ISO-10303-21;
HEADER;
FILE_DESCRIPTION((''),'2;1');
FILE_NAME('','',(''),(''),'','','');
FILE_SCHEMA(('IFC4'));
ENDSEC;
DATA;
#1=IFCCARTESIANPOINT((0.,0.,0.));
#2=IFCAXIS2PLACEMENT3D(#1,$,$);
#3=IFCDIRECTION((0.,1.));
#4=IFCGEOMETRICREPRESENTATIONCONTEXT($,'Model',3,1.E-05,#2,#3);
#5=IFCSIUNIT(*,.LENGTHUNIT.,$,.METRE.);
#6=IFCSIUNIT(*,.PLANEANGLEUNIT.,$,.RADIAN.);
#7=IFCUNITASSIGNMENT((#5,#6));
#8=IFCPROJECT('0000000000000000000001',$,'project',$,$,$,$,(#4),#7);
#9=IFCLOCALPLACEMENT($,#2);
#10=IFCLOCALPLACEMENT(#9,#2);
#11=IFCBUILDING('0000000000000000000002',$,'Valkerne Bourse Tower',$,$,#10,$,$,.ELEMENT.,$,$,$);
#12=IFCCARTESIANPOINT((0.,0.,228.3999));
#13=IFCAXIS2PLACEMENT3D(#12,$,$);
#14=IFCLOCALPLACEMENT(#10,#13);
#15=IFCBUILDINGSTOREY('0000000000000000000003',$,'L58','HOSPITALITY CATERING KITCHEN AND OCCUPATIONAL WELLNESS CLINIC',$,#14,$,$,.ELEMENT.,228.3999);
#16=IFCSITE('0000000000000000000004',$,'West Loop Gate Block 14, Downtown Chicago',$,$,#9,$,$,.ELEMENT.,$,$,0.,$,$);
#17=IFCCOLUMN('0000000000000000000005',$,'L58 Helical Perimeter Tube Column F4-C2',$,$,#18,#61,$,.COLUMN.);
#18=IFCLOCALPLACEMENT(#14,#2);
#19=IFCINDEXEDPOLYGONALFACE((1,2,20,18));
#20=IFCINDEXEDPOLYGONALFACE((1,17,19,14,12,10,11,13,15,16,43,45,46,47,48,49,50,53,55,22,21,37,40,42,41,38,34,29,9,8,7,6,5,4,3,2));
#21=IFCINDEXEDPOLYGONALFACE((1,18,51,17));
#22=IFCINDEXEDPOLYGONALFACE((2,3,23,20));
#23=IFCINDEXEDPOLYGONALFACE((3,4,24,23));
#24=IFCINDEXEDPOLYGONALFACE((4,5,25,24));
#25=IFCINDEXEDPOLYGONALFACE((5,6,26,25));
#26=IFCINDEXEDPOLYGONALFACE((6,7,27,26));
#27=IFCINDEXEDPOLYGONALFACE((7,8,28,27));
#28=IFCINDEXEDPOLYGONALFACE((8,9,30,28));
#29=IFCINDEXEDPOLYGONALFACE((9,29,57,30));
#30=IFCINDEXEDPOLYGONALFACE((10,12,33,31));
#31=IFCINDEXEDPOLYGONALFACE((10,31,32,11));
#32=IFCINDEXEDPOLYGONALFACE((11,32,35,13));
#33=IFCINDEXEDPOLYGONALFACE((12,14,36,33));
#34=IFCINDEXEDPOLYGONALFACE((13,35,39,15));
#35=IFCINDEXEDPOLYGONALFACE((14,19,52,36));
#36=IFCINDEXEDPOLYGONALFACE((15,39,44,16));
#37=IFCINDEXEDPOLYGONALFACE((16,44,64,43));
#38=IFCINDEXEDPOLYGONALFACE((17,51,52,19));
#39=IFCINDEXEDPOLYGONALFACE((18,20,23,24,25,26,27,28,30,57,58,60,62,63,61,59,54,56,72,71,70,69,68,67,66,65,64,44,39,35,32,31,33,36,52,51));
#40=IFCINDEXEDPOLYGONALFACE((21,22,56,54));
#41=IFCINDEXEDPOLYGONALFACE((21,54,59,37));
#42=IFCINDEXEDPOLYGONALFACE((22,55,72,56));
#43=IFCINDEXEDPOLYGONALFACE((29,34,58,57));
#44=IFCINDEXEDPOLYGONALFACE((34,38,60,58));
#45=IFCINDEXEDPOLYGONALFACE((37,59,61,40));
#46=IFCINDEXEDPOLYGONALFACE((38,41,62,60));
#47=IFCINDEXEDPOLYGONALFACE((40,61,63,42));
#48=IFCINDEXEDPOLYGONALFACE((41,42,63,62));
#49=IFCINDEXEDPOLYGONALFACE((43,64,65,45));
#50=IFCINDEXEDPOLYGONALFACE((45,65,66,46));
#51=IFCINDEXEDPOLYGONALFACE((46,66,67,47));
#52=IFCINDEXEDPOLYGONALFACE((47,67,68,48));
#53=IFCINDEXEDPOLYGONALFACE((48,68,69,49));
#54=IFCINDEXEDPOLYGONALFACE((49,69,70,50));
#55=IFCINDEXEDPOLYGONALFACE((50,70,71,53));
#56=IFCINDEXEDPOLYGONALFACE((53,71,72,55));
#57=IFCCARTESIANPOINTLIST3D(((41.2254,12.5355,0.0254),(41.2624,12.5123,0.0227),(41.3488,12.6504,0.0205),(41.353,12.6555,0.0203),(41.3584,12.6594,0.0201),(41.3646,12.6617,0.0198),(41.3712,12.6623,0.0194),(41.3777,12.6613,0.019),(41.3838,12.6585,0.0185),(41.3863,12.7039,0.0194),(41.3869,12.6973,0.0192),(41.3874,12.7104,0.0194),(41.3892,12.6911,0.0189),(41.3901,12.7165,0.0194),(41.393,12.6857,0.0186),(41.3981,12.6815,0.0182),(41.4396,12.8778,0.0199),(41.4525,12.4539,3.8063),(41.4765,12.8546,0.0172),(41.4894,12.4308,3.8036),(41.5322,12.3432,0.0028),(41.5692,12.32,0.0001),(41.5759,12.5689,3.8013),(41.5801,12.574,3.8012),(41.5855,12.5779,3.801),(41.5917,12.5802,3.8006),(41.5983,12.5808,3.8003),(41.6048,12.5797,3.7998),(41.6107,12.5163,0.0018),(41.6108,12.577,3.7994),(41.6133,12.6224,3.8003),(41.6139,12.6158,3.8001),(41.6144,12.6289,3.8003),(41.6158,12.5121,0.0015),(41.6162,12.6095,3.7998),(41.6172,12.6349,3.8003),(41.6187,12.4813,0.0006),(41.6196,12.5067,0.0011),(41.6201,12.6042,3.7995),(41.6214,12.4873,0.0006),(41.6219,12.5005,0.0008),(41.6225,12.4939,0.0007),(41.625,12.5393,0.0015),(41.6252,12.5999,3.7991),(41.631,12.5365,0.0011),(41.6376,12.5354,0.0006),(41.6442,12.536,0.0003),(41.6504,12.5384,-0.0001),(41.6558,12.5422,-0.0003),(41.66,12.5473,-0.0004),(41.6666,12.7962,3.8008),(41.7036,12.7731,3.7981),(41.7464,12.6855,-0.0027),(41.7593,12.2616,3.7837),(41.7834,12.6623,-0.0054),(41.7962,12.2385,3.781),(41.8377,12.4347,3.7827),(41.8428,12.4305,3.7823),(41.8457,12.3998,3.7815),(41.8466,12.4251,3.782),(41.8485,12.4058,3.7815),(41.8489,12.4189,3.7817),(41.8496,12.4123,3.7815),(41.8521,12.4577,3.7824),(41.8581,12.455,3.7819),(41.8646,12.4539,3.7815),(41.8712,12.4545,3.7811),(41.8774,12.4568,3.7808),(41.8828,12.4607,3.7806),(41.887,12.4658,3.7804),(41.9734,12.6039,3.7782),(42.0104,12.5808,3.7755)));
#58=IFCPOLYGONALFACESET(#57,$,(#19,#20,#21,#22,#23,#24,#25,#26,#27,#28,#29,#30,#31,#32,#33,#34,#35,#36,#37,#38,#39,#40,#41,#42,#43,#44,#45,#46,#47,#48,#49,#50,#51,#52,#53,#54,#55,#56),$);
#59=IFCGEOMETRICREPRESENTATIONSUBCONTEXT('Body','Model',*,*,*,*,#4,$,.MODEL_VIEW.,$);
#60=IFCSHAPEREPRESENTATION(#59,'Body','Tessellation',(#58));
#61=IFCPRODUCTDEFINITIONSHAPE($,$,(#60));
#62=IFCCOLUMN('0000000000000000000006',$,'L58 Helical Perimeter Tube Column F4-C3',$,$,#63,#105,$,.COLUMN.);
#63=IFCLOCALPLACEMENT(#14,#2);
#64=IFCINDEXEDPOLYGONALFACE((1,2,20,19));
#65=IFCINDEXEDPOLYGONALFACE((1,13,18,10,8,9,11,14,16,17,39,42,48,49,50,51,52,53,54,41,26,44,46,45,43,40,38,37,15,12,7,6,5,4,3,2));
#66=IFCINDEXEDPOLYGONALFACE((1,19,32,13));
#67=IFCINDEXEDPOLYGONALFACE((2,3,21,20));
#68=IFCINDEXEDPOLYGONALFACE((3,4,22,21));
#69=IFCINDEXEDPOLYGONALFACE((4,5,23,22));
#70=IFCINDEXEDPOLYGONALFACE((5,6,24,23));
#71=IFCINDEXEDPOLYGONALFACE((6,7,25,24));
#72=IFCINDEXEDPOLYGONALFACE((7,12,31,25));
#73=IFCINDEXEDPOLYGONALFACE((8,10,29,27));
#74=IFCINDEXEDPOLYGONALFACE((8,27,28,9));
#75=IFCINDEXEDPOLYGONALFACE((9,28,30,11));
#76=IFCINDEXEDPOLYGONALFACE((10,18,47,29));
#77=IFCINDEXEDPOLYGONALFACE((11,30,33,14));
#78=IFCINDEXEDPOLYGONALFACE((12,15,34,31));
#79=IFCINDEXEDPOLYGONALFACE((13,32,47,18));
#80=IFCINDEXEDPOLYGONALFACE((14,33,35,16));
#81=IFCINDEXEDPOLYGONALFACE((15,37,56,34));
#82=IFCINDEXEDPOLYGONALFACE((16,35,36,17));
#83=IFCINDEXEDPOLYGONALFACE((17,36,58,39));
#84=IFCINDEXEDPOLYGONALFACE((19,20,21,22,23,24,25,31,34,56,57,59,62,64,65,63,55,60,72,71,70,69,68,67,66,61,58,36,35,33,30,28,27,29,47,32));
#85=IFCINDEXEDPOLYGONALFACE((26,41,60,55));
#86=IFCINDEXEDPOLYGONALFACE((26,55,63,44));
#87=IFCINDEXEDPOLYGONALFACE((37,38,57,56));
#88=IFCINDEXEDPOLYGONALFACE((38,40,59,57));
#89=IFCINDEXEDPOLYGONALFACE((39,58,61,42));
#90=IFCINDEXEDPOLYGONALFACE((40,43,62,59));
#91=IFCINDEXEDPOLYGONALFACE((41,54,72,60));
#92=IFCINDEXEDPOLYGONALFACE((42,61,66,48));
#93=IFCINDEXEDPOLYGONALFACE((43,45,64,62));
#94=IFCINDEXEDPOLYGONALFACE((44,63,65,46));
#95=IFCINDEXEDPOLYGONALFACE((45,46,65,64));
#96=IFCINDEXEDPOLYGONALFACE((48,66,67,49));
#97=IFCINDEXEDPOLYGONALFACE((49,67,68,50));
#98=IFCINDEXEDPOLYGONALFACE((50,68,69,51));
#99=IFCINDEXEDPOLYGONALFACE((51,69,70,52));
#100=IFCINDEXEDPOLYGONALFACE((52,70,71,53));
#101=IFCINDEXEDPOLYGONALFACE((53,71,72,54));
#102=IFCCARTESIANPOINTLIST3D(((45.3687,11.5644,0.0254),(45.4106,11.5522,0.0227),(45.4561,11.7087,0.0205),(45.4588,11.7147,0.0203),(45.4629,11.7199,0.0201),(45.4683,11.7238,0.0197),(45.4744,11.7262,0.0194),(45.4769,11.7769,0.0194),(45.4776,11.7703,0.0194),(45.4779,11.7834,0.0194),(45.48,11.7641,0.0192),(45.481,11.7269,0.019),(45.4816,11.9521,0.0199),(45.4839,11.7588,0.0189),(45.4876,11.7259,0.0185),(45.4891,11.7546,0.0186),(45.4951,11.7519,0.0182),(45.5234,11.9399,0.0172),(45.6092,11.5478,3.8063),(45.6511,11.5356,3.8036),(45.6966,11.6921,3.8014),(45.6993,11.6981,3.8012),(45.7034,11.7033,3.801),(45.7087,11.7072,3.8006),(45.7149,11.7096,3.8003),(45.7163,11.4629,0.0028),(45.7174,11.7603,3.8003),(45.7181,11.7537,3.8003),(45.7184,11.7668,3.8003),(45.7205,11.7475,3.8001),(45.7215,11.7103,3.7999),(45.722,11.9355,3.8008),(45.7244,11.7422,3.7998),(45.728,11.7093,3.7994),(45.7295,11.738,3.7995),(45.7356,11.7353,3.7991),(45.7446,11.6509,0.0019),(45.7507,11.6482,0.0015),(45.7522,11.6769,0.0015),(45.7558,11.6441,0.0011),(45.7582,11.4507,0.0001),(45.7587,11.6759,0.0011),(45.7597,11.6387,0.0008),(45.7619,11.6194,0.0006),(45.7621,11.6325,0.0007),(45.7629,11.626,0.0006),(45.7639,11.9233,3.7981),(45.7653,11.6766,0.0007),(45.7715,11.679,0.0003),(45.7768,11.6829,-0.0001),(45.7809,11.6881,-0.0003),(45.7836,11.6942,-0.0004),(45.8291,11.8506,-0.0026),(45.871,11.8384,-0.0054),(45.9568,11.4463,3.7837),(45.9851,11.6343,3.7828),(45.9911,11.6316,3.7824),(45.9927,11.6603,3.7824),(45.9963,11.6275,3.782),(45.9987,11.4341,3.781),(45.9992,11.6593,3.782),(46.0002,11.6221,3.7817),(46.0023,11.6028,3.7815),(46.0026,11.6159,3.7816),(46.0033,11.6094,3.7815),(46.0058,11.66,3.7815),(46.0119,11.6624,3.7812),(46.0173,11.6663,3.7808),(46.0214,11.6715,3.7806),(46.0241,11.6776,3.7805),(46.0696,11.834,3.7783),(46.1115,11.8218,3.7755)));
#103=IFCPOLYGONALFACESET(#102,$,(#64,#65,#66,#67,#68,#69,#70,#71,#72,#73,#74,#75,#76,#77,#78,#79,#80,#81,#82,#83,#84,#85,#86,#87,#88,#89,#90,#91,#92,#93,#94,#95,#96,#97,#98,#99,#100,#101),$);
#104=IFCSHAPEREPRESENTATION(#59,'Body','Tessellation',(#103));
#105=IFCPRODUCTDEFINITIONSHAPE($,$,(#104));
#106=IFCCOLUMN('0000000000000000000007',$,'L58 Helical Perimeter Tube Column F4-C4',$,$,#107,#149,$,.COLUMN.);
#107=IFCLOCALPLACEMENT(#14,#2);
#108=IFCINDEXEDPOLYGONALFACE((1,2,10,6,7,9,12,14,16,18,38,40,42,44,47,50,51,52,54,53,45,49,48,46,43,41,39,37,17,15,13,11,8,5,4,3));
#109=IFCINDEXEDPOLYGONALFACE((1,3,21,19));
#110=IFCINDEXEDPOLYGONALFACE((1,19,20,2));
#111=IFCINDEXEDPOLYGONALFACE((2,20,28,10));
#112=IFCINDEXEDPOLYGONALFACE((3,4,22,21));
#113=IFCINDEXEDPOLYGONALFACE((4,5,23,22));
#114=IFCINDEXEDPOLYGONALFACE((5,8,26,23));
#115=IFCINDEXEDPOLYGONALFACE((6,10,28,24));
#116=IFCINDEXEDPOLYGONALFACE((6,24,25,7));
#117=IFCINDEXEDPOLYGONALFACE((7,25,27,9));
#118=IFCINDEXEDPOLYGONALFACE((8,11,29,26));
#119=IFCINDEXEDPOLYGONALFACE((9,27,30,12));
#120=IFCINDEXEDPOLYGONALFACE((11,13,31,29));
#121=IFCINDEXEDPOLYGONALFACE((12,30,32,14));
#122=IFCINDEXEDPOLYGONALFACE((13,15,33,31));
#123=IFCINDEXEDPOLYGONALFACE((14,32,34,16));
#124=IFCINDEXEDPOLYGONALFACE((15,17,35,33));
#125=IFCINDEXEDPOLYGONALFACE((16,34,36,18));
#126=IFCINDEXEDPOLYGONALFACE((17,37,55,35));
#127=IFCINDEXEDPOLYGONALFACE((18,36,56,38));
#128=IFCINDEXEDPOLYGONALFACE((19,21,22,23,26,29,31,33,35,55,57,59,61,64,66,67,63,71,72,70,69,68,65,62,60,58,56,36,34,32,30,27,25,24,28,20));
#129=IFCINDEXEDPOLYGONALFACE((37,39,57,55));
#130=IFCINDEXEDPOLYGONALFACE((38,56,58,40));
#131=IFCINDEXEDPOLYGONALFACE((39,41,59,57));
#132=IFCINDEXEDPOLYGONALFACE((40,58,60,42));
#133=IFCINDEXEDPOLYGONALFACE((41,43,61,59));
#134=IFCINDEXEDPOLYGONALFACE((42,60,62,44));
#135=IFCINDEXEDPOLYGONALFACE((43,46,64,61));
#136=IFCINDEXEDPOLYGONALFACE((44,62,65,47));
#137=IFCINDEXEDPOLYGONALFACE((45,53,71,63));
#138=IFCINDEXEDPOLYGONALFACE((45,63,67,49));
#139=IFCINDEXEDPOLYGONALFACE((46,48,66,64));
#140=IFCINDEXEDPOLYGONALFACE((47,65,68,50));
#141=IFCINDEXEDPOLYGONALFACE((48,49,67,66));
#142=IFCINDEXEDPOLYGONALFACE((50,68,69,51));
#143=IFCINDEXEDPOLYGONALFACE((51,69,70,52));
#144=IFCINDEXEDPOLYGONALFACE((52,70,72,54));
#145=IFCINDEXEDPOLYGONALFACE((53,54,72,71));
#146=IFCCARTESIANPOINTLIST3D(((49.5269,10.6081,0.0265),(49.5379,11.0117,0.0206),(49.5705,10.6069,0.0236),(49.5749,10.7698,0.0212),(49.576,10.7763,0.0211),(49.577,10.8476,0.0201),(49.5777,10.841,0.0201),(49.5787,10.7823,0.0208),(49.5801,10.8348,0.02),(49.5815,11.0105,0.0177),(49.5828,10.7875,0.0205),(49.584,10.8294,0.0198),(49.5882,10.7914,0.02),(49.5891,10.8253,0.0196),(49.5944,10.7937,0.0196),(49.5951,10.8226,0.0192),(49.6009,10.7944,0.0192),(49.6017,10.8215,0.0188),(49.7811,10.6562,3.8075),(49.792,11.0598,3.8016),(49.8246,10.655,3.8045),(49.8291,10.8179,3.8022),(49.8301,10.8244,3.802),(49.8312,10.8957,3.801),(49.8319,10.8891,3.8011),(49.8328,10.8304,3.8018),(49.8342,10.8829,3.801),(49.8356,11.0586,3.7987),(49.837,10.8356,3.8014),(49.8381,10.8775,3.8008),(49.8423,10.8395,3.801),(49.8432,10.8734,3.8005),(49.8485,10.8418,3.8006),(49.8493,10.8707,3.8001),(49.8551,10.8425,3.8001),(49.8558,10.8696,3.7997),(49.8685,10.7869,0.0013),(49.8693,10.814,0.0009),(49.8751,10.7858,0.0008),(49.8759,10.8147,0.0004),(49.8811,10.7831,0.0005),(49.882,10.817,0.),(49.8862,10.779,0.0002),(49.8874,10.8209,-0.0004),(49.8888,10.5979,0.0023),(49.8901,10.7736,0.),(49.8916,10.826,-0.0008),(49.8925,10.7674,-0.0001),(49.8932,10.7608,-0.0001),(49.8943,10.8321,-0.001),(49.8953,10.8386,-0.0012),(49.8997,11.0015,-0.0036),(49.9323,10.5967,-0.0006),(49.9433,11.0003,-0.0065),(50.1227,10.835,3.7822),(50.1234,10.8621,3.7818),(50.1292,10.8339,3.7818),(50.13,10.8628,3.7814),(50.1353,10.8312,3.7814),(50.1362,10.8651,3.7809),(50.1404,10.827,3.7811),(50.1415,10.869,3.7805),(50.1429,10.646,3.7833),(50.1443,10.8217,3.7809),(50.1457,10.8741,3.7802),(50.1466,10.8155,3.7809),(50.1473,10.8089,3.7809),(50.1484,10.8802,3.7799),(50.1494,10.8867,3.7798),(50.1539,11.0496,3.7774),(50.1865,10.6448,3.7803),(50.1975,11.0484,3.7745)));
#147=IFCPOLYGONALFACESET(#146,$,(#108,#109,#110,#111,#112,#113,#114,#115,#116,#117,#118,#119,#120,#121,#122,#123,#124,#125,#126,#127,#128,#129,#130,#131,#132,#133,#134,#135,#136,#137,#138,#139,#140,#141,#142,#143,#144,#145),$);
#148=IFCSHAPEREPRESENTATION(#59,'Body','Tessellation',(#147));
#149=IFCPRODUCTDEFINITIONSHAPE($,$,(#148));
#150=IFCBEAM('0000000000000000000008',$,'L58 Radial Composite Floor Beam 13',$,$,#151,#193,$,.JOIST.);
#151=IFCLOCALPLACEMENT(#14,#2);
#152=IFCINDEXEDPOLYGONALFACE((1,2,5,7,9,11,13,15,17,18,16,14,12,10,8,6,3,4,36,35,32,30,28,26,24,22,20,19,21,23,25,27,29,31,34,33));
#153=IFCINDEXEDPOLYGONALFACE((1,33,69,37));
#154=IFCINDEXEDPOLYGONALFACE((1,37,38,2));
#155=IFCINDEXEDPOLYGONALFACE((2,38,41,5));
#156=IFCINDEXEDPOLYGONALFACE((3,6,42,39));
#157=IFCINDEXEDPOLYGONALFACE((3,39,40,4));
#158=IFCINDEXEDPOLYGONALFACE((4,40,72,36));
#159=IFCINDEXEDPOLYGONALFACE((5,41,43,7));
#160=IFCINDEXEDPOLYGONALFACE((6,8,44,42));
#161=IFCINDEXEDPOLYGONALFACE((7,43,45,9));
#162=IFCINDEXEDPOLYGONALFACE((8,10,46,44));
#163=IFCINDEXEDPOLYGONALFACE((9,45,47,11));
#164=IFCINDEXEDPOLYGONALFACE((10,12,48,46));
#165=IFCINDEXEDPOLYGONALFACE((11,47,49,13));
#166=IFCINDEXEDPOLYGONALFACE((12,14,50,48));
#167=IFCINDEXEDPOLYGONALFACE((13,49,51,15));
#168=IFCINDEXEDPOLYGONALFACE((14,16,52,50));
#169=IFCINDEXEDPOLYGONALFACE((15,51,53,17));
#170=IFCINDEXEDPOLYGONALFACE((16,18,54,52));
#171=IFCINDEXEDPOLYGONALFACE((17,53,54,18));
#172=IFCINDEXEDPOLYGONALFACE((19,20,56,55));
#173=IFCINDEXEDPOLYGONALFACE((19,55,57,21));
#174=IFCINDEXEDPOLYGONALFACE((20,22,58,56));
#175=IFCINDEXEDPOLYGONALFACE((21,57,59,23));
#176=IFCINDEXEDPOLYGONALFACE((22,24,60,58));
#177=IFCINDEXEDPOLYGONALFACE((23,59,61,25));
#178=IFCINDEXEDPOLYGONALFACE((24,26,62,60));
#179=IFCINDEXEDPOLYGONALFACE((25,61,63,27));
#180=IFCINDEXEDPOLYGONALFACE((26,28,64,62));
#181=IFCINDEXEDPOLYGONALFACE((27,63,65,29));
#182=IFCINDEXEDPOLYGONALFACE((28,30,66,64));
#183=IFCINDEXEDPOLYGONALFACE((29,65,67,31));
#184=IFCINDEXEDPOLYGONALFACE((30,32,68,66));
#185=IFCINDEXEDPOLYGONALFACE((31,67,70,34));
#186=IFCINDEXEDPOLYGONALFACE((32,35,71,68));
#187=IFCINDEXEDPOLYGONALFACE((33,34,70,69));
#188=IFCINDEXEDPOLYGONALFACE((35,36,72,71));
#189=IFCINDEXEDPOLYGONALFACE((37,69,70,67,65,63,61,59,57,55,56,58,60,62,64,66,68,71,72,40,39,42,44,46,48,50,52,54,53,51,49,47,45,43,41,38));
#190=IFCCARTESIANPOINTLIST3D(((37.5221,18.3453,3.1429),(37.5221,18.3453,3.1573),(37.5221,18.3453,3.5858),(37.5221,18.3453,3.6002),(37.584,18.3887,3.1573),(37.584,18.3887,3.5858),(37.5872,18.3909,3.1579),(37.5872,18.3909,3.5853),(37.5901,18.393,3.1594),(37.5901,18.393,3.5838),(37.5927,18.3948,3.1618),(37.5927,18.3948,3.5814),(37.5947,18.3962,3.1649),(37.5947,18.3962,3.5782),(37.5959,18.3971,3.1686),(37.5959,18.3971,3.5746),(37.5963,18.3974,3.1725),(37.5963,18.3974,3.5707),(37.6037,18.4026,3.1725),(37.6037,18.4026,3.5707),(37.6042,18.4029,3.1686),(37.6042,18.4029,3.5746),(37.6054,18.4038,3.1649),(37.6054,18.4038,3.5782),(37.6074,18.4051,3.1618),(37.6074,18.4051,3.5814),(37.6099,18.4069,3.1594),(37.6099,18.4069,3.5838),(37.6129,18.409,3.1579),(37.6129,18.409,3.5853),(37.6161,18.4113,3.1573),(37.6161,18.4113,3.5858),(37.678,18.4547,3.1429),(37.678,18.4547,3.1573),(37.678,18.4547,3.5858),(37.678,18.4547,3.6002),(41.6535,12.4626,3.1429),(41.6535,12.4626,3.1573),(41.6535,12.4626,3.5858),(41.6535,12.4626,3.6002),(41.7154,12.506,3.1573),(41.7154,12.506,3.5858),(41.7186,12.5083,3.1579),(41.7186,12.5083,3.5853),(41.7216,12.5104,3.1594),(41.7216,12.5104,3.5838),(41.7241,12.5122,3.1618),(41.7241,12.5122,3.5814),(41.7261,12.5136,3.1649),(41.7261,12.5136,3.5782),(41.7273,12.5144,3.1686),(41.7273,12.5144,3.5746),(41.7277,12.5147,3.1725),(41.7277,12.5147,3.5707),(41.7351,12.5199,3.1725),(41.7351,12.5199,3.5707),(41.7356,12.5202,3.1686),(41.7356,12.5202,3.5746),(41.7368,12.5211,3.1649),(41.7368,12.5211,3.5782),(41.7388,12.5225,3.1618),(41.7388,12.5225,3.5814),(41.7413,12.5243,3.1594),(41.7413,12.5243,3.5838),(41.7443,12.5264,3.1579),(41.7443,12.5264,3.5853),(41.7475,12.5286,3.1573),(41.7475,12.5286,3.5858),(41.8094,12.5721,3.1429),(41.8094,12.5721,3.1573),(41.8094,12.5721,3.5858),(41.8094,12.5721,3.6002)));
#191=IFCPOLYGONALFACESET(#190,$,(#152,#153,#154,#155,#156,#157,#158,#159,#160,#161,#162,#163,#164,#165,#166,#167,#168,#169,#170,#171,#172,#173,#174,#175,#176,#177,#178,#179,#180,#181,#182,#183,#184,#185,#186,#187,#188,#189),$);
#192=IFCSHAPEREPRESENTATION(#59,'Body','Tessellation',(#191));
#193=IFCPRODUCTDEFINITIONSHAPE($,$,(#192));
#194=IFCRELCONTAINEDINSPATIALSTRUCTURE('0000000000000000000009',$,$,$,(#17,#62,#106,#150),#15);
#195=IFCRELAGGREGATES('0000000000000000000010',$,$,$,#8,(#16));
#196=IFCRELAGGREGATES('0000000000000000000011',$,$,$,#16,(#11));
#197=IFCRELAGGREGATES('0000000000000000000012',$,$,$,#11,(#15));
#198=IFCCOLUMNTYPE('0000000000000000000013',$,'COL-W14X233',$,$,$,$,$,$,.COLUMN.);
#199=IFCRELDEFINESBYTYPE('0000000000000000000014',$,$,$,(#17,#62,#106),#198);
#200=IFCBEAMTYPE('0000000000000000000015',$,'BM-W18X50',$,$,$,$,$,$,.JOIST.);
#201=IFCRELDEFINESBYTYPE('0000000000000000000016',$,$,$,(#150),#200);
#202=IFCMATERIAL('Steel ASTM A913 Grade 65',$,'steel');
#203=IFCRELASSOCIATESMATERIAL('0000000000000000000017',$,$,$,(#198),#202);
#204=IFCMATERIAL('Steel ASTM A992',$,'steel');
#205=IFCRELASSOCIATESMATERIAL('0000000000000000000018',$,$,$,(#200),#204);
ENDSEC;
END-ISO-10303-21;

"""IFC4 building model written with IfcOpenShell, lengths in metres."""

from ifc_helpers import new_model, si_unit, direction, frame, origin, origin_2d, place, context, subcontext, project, spatial, i_section, extrude, material, material_profile, profile_set, type_object, element, save


model = new_model("IFC4")

# Units and contexts
model_context = context("Model", 3, precision=1e-05, world=origin(), true_north=direction((0.0, 1.0)))
body_context = subcontext(model_context, "Body", "Model", "MODEL_VIEW")
ifc_project = project(units=[si_unit("LENGTHUNIT", "METRE"), si_unit("PLANEANGLEUNIT", "RADIAN")], contexts=[model_context])

# Site, building, storey
site_placement = place(None, origin())
site = spatial("IfcSite", under=ifc_project, at=site_placement, Name="West Loop Gate Block 14, Downtown Chicago", CompositionType="ELEMENT", RefElevation=0.0)
building_placement = place(site_placement, origin())
building = spatial("IfcBuilding", under=site, at=building_placement, Name="Valkerne Bourse Tower", CompositionType="ELEMENT")
storey_placement = place(building_placement, frame((0.0, 0.0, 228.3999)))
storey = spatial("IfcBuildingStorey", under=building, at=storey_placement, Name="L58", Description="HOSPITALITY CATERING KITCHEN AND OCCUPATIONAL WELLNESS CLINIC", CompositionType="ELEMENT", Elevation=228.3999)

# Columns
ifc_material_1 = material(Name="Steel ASTM A913 Grade 65", Category="steel")
ifc_material_profile_1 = material_profile(ifc_material_1, i_section(OverallWidth=0.4038, OverallDepth=0.4065, WebThickness=0.0271, FlangeThickness=0.0437, FilletRadius=0.0254, at=origin_2d()), Name="W14X233")
ifc_profile_set_1 = profile_set([ifc_material_profile_1], Name="Steel ASTM A913 Grade 65")
column_type = type_object("IfcColumnType", Name="COL-W14X233", PredefinedType="COLUMN", material=ifc_profile_set_1)
for number, where, z_axis, x_axis, name in (
    (1, (41.5044, 12.5989, 0.01), (0.059928, -0.021523, 0.997971), (0.53033, 0.847683, -0.013565), "L58 Helical Perimeter Tube Column F4-C2"),
    (2, (45.6199, 11.7014, 0.01), (0.063473, -0.004382, 0.997974), (0.279385, 0.960084, -0.013554), "L58 Helical Perimeter Tube Column F4-C3"),
):
    element("IfcColumn", number, at=place(storey_placement, frame(where, z_axis=z_axis, x_axis=x_axis)), inside=storey, type_object=column_type, Name=name, PredefinedType="COLUMN", context=body_context, shape_type="SweptSolid", body=[
        extrude(i_section(OverallWidth=0.4038, OverallDepth=0.4065, WebThickness=0.0271, FlangeThickness=0.0437, FilletRadius=0.0254, at=origin_2d()), origin(), (0.0, 0.0, 1.0), 3.7886),
    ])
column_placement = place(storey_placement, frame((49.7351, 10.8042, 0.01), z_axis=(0.067061, 0.012691, 0.997668), x_axis=(0.027154, 0.999526, -0.01454)))
element("IfcColumn", 3, at=column_placement, inside=storey, type_object=column_type, Name="L58 Helical Perimeter Tube Column F4-C4", PredefinedType="COLUMN", context=body_context, shape_type="SweptSolid", body=[
    extrude(i_section(OverallWidth=0.4038, OverallDepth=0.4065, WebThickness=0.0271, FlangeThickness=0.0437, FilletRadius=0.0254, at=origin_2d()), origin(), (0.0, 0.0, 1.0), 3.7898),
])

# Beam
ifc_material_2 = material(Name="Steel ASTM A992", Category="steel")
ifc_material_profile_2 = material_profile(ifc_material_2, i_section(OverallWidth=0.1904, OverallDepth=0.4573, WebThickness=0.009, FlangeThickness=0.0144, FilletRadius=0.0151, at=origin_2d()), Name="W18X50")
ifc_profile_set_2 = profile_set([ifc_material_profile_2], Name="Steel ASTM A992")
beam_type_1 = type_object("IfcBeamType", Name="BM-W18X50", PredefinedType="JOIST", material=ifc_profile_set_2)
beam_1_placement = place(storey_placement, frame((41.7314, 12.5173, 3.3716), z_axis=(-0.574727, 0.818345, 0.0), x_axis=(-0.818345, -0.574727, 0.0)))
element("IfcBeam", 4, at=beam_1_placement, inside=storey, type_object=beam_type_1, Name="L58 Radial Composite Floor Beam 13", PredefinedType="JOIST", context=body_context, shape_type="SweptSolid", body=[
    extrude(i_section(OverallWidth=0.1904, OverallDepth=0.4573, WebThickness=0.009, FlangeThickness=0.0144, FilletRadius=0.0151, at=origin_2d()), origin(), (0.0, 0.0, 1.0), 7.1885),
])

save(model, "model.ifc")
